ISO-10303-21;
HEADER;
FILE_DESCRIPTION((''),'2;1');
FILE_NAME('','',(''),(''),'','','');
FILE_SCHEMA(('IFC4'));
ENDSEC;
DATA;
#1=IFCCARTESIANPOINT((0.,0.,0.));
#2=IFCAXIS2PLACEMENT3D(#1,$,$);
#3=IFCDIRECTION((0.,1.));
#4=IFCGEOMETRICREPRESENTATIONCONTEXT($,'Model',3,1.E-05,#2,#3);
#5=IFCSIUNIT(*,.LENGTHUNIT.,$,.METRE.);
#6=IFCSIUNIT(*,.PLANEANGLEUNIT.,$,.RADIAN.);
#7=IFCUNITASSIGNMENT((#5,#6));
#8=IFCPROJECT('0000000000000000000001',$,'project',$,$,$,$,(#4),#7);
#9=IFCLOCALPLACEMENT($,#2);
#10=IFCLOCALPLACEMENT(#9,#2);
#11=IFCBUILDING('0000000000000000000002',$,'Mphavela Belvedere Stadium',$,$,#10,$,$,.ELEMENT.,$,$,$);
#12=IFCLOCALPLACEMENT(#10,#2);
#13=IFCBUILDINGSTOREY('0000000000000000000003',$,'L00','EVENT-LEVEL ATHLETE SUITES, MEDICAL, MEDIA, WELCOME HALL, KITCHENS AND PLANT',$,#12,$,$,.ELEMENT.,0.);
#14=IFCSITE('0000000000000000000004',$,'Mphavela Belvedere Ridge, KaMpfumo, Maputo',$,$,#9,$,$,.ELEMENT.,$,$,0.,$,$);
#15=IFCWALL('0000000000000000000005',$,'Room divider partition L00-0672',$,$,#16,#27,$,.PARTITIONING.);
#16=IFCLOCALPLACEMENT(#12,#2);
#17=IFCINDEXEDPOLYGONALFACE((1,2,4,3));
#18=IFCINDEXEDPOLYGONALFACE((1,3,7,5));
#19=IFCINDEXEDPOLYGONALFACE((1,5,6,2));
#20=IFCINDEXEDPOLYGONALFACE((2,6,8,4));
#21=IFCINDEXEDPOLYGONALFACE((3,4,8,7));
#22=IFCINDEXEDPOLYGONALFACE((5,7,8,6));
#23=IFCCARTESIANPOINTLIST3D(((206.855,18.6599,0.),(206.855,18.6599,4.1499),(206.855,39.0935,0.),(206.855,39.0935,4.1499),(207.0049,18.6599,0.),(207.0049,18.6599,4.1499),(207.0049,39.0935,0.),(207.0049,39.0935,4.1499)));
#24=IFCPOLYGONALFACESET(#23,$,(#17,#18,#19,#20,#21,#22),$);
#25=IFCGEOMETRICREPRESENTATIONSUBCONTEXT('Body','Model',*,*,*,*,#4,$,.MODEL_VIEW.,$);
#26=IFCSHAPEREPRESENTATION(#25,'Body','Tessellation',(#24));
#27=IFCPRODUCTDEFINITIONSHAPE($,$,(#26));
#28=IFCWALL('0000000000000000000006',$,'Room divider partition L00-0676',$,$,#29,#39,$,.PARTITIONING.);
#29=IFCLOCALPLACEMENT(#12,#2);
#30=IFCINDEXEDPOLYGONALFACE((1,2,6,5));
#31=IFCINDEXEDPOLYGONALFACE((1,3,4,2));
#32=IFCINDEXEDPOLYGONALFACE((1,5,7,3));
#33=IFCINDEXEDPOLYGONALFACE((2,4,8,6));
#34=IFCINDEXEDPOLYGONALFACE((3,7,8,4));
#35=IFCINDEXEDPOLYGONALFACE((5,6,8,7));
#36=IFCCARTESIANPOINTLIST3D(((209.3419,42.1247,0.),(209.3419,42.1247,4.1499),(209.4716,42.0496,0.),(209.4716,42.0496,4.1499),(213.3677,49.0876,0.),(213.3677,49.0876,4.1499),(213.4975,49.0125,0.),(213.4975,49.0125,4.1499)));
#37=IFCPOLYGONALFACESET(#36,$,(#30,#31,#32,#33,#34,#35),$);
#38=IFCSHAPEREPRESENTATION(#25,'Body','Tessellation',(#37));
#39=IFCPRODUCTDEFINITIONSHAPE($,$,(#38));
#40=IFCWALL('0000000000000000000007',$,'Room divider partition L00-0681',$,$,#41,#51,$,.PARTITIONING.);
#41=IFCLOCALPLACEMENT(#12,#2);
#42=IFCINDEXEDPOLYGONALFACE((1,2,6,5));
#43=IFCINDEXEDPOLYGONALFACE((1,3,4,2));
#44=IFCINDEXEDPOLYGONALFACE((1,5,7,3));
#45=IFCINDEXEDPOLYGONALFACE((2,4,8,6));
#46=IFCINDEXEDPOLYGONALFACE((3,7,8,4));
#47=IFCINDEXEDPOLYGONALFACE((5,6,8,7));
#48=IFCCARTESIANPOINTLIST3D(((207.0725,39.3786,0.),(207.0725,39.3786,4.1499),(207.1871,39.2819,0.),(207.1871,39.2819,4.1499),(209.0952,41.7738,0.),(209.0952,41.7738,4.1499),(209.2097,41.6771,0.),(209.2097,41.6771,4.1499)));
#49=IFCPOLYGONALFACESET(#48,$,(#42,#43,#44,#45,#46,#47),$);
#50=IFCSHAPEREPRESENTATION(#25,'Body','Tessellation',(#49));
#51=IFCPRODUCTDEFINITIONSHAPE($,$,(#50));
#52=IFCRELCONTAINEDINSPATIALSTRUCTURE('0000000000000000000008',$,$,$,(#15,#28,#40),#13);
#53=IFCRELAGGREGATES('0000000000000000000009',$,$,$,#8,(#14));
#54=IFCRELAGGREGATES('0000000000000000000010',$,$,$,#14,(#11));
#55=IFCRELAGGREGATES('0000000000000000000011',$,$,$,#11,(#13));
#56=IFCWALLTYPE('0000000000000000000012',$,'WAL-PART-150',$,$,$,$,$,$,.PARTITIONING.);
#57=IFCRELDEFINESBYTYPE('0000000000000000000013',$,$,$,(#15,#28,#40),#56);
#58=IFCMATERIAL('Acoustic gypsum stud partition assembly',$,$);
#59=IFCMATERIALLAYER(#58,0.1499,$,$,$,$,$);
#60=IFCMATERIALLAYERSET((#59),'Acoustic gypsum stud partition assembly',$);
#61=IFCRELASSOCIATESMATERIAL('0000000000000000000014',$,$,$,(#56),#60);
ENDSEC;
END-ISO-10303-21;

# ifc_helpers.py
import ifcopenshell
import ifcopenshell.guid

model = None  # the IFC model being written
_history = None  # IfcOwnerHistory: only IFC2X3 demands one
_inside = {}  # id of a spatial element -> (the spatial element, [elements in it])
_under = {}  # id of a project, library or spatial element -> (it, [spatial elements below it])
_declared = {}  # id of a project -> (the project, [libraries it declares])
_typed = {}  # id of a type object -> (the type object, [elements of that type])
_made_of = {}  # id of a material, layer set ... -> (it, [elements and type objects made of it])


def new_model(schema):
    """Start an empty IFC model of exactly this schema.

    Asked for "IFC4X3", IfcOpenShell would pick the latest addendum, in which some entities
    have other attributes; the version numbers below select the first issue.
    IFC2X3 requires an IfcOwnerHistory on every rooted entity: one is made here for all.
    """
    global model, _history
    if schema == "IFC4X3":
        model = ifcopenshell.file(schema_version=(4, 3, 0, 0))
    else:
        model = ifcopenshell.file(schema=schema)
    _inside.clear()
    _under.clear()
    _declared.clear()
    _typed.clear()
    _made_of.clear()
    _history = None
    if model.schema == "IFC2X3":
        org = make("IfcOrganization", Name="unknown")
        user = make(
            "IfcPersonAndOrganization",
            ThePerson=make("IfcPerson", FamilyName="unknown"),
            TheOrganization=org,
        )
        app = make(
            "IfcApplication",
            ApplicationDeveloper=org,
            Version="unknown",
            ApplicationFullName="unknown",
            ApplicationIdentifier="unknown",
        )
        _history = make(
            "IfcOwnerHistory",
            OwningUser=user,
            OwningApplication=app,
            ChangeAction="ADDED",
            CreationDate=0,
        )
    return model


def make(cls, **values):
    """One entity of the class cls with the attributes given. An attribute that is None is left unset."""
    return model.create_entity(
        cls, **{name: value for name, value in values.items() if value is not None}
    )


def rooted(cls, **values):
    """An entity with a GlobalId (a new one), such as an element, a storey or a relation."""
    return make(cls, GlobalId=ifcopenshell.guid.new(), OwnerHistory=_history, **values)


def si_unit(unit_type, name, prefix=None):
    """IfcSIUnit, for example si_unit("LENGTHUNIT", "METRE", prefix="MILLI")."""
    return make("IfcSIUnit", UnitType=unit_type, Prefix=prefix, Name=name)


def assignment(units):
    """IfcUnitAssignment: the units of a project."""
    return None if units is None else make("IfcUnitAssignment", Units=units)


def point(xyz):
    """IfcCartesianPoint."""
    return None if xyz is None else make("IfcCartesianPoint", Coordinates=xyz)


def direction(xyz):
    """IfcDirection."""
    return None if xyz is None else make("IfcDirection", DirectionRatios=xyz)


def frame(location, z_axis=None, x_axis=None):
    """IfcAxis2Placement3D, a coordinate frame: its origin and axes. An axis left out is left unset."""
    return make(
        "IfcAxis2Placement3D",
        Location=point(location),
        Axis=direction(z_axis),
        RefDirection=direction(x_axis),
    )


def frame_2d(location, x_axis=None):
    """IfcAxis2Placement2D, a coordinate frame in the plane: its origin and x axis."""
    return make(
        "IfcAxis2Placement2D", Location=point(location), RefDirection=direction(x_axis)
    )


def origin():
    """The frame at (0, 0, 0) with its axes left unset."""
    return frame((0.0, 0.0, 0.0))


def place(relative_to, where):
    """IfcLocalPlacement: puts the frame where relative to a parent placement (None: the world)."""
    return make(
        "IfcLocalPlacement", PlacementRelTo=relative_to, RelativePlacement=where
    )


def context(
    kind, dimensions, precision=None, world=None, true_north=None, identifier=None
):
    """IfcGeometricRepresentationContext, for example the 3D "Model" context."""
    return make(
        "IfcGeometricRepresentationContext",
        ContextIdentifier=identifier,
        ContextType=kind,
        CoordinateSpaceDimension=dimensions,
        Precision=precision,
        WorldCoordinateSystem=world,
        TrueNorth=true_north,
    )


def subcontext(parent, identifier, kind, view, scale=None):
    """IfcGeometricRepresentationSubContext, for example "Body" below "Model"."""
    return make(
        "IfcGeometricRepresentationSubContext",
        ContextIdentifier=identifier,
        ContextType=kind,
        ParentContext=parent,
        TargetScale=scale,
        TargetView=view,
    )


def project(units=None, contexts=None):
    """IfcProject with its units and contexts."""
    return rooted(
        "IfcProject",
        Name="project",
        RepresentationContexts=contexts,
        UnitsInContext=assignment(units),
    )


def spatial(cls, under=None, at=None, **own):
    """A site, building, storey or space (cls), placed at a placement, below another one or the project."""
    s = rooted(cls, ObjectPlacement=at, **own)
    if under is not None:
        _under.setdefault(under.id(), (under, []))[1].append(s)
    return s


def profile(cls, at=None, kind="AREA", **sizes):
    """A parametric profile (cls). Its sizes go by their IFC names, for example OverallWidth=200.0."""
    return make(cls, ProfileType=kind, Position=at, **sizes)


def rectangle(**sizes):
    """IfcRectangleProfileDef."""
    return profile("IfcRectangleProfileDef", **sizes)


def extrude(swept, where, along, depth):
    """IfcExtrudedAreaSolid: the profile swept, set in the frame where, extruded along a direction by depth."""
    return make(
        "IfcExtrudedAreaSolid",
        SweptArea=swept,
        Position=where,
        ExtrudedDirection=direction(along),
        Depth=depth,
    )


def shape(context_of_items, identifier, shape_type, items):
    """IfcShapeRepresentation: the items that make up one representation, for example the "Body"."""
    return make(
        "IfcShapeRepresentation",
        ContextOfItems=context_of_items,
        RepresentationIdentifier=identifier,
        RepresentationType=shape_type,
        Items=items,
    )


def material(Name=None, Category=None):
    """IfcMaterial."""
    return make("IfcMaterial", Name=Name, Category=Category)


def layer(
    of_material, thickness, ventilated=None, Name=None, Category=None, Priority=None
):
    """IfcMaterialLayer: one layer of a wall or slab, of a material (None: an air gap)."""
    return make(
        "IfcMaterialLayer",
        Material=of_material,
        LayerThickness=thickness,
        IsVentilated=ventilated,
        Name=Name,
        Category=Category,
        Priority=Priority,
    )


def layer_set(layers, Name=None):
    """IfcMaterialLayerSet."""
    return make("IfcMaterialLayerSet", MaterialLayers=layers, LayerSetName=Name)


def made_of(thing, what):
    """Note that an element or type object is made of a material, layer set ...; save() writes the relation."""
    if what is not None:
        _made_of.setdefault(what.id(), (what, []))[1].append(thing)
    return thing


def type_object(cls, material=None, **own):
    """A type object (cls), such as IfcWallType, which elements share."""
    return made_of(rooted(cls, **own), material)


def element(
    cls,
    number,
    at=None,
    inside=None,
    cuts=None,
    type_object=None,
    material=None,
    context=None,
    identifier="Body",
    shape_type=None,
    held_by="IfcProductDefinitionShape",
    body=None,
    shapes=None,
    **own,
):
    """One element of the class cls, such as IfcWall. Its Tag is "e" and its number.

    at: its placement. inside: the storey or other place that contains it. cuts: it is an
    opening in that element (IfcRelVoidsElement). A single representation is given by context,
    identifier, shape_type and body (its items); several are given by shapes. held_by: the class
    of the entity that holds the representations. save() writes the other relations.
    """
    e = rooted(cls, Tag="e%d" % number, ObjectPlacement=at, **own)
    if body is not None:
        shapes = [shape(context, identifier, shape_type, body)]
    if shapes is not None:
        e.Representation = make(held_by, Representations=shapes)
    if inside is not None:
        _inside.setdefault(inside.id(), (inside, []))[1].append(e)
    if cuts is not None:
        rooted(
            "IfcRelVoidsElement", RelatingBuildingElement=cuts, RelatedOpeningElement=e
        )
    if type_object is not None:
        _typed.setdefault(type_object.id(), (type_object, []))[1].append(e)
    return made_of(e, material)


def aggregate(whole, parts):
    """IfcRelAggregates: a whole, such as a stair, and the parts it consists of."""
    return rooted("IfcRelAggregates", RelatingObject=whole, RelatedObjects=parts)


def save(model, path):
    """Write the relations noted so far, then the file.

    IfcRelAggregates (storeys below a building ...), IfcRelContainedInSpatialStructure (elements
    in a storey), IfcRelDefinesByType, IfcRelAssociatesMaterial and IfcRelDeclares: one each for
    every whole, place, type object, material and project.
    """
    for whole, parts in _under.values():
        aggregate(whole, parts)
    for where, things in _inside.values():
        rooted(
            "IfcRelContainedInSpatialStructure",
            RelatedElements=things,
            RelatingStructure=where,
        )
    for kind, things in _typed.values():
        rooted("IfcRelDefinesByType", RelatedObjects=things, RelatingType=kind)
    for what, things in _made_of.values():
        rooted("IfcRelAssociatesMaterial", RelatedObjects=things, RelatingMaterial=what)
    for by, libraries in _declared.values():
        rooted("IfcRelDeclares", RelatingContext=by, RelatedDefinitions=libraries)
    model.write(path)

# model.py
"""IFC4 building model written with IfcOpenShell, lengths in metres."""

from ifc_helpers import new_model, si_unit, direction, frame, frame_2d, origin, place, context, subcontext, project, spatial, rectangle, extrude, material, layer, layer_set, type_object, element, save


model = new_model("IFC4")

# Units and contexts
model_context = context("Model", 3, precision=1e-05, world=origin(), true_north=direction((0.0, 1.0)))
body_context = subcontext(model_context, "Body", "Model", "MODEL_VIEW")
ifc_project = project(units=[si_unit("LENGTHUNIT", "METRE"), si_unit("PLANEANGLEUNIT", "RADIAN")], contexts=[model_context])

# Site, building, storey
site_placement = place(None, origin())
site = spatial("IfcSite", under=ifc_project, at=site_placement, Name="Mphavela Belvedere Ridge, KaMpfumo, Maputo", CompositionType="ELEMENT", RefElevation=0.0)
building_placement = place(site_placement, origin())
building = spatial("IfcBuilding", under=site, at=building_placement, Name="Mphavela Belvedere Stadium", CompositionType="ELEMENT")
storey_placement = place(building_placement, origin())
storey = spatial("IfcBuildingStorey", under=building, at=storey_placement, Name="L00", Description="EVENT-LEVEL ATHLETE SUITES, MEDICAL, MEDIA, WELCOME HALL, KITCHENS AND PLANT", CompositionType="ELEMENT", Elevation=0.0)

# Walls
ifc_material_1 = material(Name="Acoustic gypsum stud partition assembly")
ifc_layer_1 = layer(ifc_material_1, 0.1499)
ifc_layer_set_1 = layer_set([ifc_layer_1], Name="Acoustic gypsum stud partition assembly")
wall_type_1 = type_object("IfcWallType", Name="WAL-PART-150", PredefinedType="PARTITIONING", material=ifc_layer_set_1)
wall_1_placement = place(storey_placement, frame((206.9299, 39.0935, 0.0), z_axis=(0.0, 0.0, 1.0), x_axis=(0.0, -1.0, 0.0)))
element("IfcWall", 1, at=wall_1_placement, inside=storey, type_object=wall_type_1, Name="Room divider partition L00-0672", PredefinedType="PARTITIONING", context=body_context, shape_type="SweptSolid", body=[
    extrude(rectangle(XDim=20.4336, YDim=0.1499, at=frame_2d((10.2168, 0.0))), origin(), (0.0, 0.0, 1.0), 4.1499),
])
wall_2_placement = place(storey_placement, frame((209.4067, 42.0872, 0.0), z_axis=(0.0, 0.0, 1.0), x_axis=(0.500546, 0.86571, 0.0)))
element("IfcWall", 2, at=wall_2_placement, inside=storey, type_object=wall_type_1, Name="Room divider partition L00-0676", PredefinedType="PARTITIONING", context=body_context, shape_type="SweptSolid", body=[
    extrude(rectangle(XDim=8.043, YDim=0.1499, at=frame_2d((4.0215, 0.0))), origin(), (0.0, 0.0, 1.0), 4.1499),
])
wall_3_placement = place(storey_placement, frame((207.1299, 39.3303, 0.0), z_axis=(0.0, 0.0, 1.0), x_axis=(0.645188, 0.764024, 0.0)))
element("IfcWall", 3, at=wall_3_placement, inside=storey, type_object=wall_type_1, Name="Room divider partition L00-0681", PredefinedType="PARTITIONING", context=body_context, shape_type="SweptSolid", body=[
    extrude(rectangle(XDim=3.135, YDim=0.1499, at=frame_2d((1.5674, 0.0))), origin(), (0.0, 0.0, 1.0), 4.1499),
])

save(model, "model.ifc")
